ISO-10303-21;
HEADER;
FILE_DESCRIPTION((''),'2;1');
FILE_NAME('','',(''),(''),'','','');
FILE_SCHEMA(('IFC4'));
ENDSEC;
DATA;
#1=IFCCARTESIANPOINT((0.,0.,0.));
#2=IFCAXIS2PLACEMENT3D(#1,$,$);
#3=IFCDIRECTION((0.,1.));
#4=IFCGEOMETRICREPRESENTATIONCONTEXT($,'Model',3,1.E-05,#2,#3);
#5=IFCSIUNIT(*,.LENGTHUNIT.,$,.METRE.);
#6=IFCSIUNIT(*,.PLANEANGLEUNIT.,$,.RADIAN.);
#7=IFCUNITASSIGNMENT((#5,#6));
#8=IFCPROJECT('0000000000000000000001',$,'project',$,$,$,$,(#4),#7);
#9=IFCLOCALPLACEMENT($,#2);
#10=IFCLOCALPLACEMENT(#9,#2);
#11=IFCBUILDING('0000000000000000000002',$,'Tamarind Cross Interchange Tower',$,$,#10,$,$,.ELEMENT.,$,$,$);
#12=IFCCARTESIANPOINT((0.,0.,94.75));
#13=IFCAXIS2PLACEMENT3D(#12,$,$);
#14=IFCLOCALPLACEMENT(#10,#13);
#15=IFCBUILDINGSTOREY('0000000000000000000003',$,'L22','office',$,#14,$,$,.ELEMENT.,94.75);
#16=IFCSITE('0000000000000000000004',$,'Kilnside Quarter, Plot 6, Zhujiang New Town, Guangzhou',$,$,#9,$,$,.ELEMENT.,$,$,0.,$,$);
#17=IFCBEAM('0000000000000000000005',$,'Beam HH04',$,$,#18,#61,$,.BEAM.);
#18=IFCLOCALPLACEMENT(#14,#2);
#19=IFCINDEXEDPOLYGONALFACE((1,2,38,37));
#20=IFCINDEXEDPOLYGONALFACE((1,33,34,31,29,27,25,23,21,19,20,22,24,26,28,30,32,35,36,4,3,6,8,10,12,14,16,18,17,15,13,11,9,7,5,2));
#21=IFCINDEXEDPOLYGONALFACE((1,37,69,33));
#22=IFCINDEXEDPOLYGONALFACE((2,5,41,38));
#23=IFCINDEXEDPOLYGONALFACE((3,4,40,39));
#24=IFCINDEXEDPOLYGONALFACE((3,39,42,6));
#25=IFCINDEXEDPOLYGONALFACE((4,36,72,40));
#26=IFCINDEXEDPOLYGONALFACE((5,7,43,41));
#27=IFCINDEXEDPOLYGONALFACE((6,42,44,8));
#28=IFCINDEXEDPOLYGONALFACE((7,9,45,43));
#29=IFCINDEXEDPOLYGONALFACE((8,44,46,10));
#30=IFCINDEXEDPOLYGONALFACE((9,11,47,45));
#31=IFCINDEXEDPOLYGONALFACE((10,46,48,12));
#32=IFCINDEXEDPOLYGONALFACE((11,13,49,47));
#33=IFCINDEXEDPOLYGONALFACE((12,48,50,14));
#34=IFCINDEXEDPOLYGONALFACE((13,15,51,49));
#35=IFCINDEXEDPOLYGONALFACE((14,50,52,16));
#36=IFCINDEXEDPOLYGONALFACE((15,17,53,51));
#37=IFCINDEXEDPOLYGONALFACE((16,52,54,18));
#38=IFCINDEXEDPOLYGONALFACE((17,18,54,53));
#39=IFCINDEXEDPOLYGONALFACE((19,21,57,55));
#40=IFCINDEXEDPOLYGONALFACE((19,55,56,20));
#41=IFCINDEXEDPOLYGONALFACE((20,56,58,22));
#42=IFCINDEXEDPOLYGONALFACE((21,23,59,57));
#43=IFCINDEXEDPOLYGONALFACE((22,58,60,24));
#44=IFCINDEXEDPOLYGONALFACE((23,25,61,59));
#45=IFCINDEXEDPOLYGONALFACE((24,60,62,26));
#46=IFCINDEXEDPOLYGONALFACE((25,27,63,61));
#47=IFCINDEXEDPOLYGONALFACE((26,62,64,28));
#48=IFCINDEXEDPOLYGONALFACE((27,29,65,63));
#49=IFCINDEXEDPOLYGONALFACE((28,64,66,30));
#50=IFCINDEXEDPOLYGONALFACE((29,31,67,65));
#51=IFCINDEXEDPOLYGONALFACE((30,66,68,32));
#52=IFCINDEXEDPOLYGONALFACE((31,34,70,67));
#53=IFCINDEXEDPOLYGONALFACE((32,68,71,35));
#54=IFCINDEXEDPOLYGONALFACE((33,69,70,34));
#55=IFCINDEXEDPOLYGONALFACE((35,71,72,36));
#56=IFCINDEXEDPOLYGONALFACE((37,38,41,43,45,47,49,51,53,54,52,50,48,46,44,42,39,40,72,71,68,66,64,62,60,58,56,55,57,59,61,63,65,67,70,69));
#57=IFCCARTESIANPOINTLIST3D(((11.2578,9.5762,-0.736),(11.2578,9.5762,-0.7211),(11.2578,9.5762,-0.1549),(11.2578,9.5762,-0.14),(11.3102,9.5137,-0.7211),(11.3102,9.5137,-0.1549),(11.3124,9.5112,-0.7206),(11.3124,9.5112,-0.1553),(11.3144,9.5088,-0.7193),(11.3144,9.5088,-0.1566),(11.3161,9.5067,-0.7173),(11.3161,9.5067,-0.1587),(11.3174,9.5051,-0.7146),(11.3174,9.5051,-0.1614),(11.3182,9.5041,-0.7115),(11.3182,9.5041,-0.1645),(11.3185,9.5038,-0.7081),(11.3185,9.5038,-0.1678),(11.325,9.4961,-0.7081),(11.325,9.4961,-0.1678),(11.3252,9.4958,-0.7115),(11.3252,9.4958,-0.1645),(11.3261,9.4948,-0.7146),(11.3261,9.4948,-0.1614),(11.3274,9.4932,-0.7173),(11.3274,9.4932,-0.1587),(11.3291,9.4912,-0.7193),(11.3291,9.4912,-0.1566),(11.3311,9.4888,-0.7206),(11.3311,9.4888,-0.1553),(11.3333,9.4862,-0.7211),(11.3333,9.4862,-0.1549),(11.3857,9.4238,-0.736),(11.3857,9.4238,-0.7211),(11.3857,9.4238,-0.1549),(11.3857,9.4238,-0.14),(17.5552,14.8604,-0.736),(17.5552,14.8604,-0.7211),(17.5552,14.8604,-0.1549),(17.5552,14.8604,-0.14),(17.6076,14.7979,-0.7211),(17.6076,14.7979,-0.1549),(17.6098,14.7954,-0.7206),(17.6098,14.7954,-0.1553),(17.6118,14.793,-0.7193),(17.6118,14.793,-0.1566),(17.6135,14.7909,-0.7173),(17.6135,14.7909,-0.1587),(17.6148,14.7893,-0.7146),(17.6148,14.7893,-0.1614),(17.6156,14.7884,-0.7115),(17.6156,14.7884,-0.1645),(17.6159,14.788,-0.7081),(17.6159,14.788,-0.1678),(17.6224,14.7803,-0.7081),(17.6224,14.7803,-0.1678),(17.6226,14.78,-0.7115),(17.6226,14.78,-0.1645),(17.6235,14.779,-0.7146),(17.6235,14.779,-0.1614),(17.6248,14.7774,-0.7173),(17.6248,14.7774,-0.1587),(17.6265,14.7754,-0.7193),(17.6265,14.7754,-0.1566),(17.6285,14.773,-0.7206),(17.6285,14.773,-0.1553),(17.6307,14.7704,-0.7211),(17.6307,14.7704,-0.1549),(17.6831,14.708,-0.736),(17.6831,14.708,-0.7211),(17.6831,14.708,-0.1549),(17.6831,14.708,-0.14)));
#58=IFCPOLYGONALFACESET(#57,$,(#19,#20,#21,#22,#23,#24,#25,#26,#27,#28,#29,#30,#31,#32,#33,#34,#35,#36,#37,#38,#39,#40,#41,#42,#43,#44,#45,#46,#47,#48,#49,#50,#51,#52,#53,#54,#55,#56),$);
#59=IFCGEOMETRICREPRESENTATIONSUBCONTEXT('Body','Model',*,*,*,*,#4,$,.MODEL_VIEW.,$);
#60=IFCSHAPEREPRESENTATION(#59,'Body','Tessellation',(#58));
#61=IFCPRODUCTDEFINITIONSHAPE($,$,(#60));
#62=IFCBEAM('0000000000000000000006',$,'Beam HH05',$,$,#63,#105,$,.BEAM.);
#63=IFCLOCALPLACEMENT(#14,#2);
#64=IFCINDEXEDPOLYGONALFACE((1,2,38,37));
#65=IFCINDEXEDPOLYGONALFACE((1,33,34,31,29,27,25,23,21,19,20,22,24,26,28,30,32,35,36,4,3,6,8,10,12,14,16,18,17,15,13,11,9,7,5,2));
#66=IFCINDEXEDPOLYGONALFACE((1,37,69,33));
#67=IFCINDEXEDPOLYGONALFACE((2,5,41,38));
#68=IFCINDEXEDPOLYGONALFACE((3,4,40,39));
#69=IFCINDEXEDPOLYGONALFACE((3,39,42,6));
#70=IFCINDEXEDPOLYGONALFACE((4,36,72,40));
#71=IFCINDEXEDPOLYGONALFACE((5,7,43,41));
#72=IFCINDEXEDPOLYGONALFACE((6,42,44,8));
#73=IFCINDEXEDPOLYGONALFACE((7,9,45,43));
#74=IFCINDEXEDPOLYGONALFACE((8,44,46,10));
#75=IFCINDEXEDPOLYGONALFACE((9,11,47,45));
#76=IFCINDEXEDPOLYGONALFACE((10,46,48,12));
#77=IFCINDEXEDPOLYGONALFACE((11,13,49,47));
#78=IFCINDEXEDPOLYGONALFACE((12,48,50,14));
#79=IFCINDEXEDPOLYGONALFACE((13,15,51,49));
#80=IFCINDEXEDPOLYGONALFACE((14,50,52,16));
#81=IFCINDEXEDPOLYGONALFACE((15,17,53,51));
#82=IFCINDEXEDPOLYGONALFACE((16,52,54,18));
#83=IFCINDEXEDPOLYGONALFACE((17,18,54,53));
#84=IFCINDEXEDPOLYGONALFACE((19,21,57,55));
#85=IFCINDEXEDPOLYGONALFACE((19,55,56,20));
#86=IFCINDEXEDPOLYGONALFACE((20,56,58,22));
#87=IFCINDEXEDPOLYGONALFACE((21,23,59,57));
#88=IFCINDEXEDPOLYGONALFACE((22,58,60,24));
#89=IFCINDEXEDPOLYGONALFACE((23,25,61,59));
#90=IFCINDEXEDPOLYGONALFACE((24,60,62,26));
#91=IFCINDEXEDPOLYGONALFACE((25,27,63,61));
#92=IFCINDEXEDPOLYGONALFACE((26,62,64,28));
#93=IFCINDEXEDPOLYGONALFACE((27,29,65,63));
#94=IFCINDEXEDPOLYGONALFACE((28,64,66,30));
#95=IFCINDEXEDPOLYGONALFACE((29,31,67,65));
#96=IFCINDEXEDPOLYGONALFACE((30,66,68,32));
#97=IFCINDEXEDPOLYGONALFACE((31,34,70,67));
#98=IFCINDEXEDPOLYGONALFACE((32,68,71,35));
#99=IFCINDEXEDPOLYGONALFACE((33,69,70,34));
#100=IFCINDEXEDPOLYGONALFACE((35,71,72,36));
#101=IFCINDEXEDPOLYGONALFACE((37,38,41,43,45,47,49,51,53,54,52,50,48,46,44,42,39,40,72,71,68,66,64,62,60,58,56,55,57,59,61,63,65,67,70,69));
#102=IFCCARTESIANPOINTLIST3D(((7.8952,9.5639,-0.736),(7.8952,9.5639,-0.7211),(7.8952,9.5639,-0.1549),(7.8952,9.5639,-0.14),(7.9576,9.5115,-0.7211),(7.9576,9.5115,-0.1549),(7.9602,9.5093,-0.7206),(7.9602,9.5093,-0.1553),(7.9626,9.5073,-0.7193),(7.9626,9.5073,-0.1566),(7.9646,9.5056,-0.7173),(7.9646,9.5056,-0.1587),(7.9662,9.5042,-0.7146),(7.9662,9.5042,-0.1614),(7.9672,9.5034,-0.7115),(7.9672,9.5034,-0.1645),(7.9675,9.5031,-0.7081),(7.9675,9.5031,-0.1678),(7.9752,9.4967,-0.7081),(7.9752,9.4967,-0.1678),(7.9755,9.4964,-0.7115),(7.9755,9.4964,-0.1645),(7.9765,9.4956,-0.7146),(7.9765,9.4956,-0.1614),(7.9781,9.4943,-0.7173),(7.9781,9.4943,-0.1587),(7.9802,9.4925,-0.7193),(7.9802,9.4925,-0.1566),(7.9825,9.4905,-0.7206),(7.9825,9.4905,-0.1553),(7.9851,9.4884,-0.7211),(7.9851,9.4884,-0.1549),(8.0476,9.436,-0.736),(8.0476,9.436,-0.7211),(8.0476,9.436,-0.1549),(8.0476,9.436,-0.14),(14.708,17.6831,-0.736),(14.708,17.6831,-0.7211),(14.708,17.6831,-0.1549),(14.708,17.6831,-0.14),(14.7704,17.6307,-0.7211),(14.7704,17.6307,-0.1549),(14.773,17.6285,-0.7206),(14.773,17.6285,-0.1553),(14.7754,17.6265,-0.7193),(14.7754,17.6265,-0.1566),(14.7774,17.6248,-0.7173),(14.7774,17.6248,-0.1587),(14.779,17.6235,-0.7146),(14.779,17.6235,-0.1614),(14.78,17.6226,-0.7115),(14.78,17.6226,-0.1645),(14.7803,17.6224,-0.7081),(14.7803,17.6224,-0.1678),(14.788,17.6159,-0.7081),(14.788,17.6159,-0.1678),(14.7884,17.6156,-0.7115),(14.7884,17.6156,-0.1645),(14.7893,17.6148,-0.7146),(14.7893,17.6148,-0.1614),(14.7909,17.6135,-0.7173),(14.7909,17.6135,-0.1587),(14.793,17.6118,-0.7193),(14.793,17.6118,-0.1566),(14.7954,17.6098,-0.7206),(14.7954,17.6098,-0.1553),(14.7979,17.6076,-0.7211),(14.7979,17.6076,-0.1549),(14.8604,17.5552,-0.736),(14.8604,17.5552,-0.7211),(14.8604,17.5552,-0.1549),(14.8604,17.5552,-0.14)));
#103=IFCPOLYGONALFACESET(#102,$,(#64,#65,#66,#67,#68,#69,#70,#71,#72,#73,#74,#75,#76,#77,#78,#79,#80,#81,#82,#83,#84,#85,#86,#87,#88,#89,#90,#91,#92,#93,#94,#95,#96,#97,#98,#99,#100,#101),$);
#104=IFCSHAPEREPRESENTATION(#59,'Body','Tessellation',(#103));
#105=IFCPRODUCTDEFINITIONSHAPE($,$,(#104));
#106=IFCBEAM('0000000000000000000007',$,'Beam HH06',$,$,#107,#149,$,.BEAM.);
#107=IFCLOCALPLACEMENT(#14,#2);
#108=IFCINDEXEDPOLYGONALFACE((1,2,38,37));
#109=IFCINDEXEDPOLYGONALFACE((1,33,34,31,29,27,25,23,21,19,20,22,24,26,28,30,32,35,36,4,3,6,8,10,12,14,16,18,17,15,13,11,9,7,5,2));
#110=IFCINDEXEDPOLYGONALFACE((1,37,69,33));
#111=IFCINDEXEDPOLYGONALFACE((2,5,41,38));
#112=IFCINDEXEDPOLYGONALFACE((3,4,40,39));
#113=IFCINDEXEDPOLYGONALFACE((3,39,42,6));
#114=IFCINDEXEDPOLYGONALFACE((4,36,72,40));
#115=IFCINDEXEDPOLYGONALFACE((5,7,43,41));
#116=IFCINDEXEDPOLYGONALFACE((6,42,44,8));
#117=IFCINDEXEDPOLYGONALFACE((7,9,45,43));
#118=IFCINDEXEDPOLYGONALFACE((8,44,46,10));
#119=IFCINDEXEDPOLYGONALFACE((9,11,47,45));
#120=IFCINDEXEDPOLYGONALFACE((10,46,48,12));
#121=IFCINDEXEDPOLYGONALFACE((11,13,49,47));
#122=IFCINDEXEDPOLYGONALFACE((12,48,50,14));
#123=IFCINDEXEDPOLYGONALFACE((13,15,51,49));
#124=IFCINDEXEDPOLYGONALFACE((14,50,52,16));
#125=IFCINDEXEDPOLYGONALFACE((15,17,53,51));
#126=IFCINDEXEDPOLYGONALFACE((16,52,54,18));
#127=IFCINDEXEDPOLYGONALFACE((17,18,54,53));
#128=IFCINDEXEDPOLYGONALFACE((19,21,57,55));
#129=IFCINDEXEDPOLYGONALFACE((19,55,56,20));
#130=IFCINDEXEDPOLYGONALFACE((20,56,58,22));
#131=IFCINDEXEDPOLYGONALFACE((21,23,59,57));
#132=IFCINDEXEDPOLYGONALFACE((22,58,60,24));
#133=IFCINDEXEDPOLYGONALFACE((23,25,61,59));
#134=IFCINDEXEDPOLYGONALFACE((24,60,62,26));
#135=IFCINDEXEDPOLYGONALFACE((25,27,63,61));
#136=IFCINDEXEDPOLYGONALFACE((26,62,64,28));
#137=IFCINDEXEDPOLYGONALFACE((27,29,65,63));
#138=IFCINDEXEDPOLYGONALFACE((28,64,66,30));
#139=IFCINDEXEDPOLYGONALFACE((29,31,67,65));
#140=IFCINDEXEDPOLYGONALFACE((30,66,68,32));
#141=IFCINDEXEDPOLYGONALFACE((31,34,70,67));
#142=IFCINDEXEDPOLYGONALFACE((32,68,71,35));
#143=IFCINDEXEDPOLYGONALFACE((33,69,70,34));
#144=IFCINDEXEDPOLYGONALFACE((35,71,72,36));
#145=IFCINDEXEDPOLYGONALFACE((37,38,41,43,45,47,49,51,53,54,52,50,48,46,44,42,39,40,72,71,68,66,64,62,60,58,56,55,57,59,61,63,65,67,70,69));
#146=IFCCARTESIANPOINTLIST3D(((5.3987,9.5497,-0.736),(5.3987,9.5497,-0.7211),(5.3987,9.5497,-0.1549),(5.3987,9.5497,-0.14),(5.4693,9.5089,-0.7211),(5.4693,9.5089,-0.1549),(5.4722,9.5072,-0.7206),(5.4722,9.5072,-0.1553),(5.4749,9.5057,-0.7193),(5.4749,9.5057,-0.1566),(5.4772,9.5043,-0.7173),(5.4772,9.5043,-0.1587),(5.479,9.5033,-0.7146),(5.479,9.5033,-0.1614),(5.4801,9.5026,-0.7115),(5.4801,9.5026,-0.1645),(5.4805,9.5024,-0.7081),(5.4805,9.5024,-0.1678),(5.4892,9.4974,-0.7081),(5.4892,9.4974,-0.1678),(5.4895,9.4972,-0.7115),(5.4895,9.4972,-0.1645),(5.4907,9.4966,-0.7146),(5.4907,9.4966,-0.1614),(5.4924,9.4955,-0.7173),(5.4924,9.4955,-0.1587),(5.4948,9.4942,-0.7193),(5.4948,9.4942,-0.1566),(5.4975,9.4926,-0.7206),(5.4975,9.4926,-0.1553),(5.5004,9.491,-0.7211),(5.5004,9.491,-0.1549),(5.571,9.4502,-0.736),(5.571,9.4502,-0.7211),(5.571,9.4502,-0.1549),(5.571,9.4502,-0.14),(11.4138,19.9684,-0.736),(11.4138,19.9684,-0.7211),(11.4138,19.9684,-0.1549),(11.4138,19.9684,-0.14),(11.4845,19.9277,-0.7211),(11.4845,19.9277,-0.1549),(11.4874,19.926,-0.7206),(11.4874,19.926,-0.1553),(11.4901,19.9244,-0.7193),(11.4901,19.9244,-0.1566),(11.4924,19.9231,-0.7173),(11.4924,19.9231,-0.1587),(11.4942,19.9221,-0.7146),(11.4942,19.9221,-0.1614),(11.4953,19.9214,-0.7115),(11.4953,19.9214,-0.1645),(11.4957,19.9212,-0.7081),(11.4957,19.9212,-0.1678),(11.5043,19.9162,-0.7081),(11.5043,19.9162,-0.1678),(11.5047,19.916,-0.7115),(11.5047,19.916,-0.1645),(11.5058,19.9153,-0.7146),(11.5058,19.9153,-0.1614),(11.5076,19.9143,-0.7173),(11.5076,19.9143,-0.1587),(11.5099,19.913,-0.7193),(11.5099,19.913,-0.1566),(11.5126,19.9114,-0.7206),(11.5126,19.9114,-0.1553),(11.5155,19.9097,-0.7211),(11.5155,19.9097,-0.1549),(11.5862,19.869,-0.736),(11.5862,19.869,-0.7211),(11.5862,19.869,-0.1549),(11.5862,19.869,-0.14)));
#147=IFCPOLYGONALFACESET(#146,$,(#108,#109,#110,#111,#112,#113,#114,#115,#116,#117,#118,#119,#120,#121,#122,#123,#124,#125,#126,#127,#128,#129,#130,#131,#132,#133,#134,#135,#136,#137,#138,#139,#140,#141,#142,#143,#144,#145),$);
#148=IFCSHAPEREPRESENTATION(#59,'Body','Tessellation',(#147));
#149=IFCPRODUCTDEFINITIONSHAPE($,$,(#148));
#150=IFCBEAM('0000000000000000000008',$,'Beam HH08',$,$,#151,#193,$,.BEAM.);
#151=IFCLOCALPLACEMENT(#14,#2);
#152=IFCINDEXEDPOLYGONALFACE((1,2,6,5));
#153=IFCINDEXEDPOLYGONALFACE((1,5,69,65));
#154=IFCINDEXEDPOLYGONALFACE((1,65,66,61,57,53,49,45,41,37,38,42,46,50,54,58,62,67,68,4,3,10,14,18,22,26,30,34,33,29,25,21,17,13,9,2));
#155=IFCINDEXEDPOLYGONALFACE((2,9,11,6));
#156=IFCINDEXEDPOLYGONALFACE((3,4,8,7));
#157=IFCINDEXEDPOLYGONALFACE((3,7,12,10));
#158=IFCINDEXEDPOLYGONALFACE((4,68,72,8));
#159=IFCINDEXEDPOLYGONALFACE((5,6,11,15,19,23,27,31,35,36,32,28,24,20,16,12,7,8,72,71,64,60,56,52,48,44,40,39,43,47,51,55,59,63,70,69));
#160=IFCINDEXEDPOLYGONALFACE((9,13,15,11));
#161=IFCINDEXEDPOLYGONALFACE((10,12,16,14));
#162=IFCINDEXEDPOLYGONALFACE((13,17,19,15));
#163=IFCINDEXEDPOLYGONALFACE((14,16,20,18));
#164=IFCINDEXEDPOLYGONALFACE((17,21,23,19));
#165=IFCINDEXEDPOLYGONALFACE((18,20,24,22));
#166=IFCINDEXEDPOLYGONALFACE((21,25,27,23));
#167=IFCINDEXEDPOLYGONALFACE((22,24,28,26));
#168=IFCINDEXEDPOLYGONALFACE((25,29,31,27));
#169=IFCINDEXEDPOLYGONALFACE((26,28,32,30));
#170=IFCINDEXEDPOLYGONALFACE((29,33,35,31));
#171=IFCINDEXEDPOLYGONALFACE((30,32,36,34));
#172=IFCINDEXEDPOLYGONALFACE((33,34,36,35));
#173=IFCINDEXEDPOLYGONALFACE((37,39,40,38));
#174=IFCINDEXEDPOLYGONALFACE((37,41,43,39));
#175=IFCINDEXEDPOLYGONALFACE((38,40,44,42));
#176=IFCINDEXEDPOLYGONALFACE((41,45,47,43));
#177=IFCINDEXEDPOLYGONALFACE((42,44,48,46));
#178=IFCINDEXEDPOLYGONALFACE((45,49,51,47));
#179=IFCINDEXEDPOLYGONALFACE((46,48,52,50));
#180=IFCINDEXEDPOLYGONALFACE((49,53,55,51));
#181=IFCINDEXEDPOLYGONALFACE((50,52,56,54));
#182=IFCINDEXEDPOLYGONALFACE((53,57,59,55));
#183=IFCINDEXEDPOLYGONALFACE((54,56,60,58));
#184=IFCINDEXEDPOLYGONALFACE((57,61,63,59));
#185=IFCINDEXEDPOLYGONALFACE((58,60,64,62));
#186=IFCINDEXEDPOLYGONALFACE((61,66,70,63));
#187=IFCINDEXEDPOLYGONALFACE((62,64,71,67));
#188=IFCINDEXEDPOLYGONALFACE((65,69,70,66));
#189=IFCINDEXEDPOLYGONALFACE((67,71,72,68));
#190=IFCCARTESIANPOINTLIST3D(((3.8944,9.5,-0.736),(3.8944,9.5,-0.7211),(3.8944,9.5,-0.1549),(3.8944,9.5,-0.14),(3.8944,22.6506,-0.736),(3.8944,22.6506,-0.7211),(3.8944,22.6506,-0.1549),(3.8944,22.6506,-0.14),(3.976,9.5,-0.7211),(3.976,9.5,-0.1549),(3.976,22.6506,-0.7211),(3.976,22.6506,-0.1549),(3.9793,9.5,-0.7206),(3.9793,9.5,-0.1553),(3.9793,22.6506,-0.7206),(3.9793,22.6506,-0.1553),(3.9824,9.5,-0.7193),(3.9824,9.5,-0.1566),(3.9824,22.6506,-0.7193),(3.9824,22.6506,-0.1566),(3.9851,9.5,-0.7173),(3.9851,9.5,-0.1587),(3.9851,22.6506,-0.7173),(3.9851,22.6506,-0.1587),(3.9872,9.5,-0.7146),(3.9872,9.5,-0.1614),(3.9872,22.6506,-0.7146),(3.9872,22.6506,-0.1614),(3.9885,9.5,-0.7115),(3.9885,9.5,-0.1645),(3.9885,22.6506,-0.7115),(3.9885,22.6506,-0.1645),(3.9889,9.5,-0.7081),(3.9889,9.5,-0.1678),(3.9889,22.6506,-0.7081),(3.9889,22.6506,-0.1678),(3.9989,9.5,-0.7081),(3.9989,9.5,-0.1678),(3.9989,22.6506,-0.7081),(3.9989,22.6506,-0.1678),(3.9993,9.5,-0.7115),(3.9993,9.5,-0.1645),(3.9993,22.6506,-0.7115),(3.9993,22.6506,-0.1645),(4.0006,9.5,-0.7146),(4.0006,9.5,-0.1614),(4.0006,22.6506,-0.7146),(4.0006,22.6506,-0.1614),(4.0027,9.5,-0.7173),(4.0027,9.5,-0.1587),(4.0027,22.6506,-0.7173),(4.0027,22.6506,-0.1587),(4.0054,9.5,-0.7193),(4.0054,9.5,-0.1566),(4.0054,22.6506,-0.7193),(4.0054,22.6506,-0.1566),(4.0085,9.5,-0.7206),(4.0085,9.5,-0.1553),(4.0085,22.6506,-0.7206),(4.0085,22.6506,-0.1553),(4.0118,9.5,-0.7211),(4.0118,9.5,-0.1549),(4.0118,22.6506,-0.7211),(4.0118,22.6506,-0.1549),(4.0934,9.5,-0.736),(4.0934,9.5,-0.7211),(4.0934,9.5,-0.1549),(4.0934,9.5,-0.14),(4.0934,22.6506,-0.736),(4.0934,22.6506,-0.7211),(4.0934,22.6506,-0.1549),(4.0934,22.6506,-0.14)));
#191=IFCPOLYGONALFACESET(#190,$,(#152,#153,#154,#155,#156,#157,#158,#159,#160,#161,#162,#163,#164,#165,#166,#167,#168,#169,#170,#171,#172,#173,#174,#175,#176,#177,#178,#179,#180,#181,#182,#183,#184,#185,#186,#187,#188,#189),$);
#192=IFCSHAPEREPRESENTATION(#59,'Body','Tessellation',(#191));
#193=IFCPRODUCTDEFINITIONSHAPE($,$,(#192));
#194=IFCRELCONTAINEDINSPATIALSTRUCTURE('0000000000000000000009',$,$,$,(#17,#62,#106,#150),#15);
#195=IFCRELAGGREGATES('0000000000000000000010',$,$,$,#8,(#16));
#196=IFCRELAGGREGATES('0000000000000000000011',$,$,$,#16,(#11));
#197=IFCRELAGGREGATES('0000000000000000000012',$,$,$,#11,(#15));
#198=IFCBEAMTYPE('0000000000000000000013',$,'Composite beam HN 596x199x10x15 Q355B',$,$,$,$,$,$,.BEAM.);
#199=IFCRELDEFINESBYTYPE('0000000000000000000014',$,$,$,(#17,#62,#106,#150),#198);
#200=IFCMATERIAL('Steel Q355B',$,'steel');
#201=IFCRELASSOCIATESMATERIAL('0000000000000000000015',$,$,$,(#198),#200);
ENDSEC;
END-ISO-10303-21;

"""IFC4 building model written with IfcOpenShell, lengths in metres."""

from ifc_helpers import new_model, si_unit, direction, frame, origin, origin_2d, place, context, subcontext, project, spatial, i_section, extrude, material, material_profile, profile_set, type_object, element, save


model = new_model("IFC4")

# Units and contexts
model_context = context("Model", 3, precision=1e-05, world=origin(), true_north=direction((0.0, 1.0)))
body_context = subcontext(model_context, "Body", "Model", "MODEL_VIEW")
ifc_project = project(units=[si_unit("LENGTHUNIT", "METRE"), si_unit("PLANEANGLEUNIT", "RADIAN")], contexts=[model_context])

# Site, building, storey
site_placement = place(None, origin())
site = spatial("IfcSite", under=ifc_project, at=site_placement, Name="Kilnside Quarter, Plot 6, Zhujiang New Town, Guangzhou", CompositionType="ELEMENT", RefElevation=0.0)
building_placement = place(site_placement, origin())
building = spatial("IfcBuilding", under=site, at=building_placement, Name="Tamarind Cross Interchange Tower", CompositionType="ELEMENT")
storey_placement = place(building_placement, frame((0.0, 0.0, 94.75)))
storey = spatial("IfcBuildingStorey", under=building, at=storey_placement, Name="L22", Description="office", CompositionType="ELEMENT", Elevation=94.75)

# Beams
ifc_material_1 = material(Name="Steel Q355B", Category="steel")
ifc_material_profile_1 = material_profile(ifc_material_1, i_section(OverallWidth=0.199, OverallDepth=0.5959, WebThickness=0.01, FlangeThickness=0.0149, FilletRadius=0.0129, at=origin_2d()), Name="HN 596x199x10x15")
ifc_profile_set_1 = profile_set([ifc_material_profile_1], Name="Steel Q355B")
beam_type = type_object("IfcBeamType", Name="Composite beam HN 596x199x10x15 Q355B", PredefinedType="BEAM", material=ifc_profile_set_1)
beam_1_placement = place(storey_placement, frame((17.6191, 14.7842, -0.438), z_axis=(-0.766041, -0.642792, 0.0), x_axis=(0.642792, -0.766041, 0.0)))
element("IfcBeam", 1, at=beam_1_placement, inside=storey, type_object=beam_type, Name="Beam HH04", PredefinedType="BEAM", context=body_context, shape_type="SweptSolid", body=[
    extrude(i_section(OverallWidth=0.199, OverallDepth=0.5959, WebThickness=0.01, FlangeThickness=0.0149, FilletRadius=0.0129, at=origin_2d()), origin(), (0.0, 0.0, 1.0), 8.2207),
])
beam_2_placement = place(storey_placement, frame((14.7842, 17.6191, -0.438), z_axis=(-0.642786, -0.766046, 0.0), x_axis=(0.766046, -0.642786, 0.0)))
element("IfcBeam", 2, at=beam_2_placement, inside=storey, type_object=beam_type, Name="Beam HH05", PredefinedType="BEAM", context=body_context, shape_type="SweptSolid", body=[
    extrude(i_section(OverallWidth=0.199, OverallDepth=0.5959, WebThickness=0.01, FlangeThickness=0.0149, FilletRadius=0.0129, at=origin_2d()), origin(), (0.0, 0.0, 1.0), 10.5989),
])
beam_3_placement = place(storey_placement, frame((11.5, 19.9187, -0.438), z_axis=(-0.499994, -0.866029, 0.0), x_axis=(0.866029, -0.499994, 0.0)))
element("IfcBeam", 3, at=beam_3_placement, inside=storey, type_object=beam_type, Name="Beam HH06", PredefinedType="BEAM", context=body_context, shape_type="SweptSolid", body=[
    extrude(i_section(OverallWidth=0.199, OverallDepth=0.5959, WebThickness=0.01, FlangeThickness=0.0149, FilletRadius=0.0129, at=origin_2d()), origin(), (0.0, 0.0, 1.0), 12.0305),
])
beam_4_placement = place(storey_placement, frame((3.9939, 22.6506, -0.438), z_axis=(0.0, -1.0, 0.0), x_axis=(1.0, 0.0, 0.0)))
element("IfcBeam", 4, at=beam_4_placement, inside=storey, type_object=beam_type, Name="Beam HH08", PredefinedType="BEAM", context=body_context, shape_type="SweptSolid", body=[
    extrude(i_section(OverallWidth=0.199, OverallDepth=0.5959, WebThickness=0.01, FlangeThickness=0.0149, FilletRadius=0.0129, at=origin_2d()), origin(), (0.0, 0.0, 1.0), 13.1506),
])

save(model, "model.ifc")
